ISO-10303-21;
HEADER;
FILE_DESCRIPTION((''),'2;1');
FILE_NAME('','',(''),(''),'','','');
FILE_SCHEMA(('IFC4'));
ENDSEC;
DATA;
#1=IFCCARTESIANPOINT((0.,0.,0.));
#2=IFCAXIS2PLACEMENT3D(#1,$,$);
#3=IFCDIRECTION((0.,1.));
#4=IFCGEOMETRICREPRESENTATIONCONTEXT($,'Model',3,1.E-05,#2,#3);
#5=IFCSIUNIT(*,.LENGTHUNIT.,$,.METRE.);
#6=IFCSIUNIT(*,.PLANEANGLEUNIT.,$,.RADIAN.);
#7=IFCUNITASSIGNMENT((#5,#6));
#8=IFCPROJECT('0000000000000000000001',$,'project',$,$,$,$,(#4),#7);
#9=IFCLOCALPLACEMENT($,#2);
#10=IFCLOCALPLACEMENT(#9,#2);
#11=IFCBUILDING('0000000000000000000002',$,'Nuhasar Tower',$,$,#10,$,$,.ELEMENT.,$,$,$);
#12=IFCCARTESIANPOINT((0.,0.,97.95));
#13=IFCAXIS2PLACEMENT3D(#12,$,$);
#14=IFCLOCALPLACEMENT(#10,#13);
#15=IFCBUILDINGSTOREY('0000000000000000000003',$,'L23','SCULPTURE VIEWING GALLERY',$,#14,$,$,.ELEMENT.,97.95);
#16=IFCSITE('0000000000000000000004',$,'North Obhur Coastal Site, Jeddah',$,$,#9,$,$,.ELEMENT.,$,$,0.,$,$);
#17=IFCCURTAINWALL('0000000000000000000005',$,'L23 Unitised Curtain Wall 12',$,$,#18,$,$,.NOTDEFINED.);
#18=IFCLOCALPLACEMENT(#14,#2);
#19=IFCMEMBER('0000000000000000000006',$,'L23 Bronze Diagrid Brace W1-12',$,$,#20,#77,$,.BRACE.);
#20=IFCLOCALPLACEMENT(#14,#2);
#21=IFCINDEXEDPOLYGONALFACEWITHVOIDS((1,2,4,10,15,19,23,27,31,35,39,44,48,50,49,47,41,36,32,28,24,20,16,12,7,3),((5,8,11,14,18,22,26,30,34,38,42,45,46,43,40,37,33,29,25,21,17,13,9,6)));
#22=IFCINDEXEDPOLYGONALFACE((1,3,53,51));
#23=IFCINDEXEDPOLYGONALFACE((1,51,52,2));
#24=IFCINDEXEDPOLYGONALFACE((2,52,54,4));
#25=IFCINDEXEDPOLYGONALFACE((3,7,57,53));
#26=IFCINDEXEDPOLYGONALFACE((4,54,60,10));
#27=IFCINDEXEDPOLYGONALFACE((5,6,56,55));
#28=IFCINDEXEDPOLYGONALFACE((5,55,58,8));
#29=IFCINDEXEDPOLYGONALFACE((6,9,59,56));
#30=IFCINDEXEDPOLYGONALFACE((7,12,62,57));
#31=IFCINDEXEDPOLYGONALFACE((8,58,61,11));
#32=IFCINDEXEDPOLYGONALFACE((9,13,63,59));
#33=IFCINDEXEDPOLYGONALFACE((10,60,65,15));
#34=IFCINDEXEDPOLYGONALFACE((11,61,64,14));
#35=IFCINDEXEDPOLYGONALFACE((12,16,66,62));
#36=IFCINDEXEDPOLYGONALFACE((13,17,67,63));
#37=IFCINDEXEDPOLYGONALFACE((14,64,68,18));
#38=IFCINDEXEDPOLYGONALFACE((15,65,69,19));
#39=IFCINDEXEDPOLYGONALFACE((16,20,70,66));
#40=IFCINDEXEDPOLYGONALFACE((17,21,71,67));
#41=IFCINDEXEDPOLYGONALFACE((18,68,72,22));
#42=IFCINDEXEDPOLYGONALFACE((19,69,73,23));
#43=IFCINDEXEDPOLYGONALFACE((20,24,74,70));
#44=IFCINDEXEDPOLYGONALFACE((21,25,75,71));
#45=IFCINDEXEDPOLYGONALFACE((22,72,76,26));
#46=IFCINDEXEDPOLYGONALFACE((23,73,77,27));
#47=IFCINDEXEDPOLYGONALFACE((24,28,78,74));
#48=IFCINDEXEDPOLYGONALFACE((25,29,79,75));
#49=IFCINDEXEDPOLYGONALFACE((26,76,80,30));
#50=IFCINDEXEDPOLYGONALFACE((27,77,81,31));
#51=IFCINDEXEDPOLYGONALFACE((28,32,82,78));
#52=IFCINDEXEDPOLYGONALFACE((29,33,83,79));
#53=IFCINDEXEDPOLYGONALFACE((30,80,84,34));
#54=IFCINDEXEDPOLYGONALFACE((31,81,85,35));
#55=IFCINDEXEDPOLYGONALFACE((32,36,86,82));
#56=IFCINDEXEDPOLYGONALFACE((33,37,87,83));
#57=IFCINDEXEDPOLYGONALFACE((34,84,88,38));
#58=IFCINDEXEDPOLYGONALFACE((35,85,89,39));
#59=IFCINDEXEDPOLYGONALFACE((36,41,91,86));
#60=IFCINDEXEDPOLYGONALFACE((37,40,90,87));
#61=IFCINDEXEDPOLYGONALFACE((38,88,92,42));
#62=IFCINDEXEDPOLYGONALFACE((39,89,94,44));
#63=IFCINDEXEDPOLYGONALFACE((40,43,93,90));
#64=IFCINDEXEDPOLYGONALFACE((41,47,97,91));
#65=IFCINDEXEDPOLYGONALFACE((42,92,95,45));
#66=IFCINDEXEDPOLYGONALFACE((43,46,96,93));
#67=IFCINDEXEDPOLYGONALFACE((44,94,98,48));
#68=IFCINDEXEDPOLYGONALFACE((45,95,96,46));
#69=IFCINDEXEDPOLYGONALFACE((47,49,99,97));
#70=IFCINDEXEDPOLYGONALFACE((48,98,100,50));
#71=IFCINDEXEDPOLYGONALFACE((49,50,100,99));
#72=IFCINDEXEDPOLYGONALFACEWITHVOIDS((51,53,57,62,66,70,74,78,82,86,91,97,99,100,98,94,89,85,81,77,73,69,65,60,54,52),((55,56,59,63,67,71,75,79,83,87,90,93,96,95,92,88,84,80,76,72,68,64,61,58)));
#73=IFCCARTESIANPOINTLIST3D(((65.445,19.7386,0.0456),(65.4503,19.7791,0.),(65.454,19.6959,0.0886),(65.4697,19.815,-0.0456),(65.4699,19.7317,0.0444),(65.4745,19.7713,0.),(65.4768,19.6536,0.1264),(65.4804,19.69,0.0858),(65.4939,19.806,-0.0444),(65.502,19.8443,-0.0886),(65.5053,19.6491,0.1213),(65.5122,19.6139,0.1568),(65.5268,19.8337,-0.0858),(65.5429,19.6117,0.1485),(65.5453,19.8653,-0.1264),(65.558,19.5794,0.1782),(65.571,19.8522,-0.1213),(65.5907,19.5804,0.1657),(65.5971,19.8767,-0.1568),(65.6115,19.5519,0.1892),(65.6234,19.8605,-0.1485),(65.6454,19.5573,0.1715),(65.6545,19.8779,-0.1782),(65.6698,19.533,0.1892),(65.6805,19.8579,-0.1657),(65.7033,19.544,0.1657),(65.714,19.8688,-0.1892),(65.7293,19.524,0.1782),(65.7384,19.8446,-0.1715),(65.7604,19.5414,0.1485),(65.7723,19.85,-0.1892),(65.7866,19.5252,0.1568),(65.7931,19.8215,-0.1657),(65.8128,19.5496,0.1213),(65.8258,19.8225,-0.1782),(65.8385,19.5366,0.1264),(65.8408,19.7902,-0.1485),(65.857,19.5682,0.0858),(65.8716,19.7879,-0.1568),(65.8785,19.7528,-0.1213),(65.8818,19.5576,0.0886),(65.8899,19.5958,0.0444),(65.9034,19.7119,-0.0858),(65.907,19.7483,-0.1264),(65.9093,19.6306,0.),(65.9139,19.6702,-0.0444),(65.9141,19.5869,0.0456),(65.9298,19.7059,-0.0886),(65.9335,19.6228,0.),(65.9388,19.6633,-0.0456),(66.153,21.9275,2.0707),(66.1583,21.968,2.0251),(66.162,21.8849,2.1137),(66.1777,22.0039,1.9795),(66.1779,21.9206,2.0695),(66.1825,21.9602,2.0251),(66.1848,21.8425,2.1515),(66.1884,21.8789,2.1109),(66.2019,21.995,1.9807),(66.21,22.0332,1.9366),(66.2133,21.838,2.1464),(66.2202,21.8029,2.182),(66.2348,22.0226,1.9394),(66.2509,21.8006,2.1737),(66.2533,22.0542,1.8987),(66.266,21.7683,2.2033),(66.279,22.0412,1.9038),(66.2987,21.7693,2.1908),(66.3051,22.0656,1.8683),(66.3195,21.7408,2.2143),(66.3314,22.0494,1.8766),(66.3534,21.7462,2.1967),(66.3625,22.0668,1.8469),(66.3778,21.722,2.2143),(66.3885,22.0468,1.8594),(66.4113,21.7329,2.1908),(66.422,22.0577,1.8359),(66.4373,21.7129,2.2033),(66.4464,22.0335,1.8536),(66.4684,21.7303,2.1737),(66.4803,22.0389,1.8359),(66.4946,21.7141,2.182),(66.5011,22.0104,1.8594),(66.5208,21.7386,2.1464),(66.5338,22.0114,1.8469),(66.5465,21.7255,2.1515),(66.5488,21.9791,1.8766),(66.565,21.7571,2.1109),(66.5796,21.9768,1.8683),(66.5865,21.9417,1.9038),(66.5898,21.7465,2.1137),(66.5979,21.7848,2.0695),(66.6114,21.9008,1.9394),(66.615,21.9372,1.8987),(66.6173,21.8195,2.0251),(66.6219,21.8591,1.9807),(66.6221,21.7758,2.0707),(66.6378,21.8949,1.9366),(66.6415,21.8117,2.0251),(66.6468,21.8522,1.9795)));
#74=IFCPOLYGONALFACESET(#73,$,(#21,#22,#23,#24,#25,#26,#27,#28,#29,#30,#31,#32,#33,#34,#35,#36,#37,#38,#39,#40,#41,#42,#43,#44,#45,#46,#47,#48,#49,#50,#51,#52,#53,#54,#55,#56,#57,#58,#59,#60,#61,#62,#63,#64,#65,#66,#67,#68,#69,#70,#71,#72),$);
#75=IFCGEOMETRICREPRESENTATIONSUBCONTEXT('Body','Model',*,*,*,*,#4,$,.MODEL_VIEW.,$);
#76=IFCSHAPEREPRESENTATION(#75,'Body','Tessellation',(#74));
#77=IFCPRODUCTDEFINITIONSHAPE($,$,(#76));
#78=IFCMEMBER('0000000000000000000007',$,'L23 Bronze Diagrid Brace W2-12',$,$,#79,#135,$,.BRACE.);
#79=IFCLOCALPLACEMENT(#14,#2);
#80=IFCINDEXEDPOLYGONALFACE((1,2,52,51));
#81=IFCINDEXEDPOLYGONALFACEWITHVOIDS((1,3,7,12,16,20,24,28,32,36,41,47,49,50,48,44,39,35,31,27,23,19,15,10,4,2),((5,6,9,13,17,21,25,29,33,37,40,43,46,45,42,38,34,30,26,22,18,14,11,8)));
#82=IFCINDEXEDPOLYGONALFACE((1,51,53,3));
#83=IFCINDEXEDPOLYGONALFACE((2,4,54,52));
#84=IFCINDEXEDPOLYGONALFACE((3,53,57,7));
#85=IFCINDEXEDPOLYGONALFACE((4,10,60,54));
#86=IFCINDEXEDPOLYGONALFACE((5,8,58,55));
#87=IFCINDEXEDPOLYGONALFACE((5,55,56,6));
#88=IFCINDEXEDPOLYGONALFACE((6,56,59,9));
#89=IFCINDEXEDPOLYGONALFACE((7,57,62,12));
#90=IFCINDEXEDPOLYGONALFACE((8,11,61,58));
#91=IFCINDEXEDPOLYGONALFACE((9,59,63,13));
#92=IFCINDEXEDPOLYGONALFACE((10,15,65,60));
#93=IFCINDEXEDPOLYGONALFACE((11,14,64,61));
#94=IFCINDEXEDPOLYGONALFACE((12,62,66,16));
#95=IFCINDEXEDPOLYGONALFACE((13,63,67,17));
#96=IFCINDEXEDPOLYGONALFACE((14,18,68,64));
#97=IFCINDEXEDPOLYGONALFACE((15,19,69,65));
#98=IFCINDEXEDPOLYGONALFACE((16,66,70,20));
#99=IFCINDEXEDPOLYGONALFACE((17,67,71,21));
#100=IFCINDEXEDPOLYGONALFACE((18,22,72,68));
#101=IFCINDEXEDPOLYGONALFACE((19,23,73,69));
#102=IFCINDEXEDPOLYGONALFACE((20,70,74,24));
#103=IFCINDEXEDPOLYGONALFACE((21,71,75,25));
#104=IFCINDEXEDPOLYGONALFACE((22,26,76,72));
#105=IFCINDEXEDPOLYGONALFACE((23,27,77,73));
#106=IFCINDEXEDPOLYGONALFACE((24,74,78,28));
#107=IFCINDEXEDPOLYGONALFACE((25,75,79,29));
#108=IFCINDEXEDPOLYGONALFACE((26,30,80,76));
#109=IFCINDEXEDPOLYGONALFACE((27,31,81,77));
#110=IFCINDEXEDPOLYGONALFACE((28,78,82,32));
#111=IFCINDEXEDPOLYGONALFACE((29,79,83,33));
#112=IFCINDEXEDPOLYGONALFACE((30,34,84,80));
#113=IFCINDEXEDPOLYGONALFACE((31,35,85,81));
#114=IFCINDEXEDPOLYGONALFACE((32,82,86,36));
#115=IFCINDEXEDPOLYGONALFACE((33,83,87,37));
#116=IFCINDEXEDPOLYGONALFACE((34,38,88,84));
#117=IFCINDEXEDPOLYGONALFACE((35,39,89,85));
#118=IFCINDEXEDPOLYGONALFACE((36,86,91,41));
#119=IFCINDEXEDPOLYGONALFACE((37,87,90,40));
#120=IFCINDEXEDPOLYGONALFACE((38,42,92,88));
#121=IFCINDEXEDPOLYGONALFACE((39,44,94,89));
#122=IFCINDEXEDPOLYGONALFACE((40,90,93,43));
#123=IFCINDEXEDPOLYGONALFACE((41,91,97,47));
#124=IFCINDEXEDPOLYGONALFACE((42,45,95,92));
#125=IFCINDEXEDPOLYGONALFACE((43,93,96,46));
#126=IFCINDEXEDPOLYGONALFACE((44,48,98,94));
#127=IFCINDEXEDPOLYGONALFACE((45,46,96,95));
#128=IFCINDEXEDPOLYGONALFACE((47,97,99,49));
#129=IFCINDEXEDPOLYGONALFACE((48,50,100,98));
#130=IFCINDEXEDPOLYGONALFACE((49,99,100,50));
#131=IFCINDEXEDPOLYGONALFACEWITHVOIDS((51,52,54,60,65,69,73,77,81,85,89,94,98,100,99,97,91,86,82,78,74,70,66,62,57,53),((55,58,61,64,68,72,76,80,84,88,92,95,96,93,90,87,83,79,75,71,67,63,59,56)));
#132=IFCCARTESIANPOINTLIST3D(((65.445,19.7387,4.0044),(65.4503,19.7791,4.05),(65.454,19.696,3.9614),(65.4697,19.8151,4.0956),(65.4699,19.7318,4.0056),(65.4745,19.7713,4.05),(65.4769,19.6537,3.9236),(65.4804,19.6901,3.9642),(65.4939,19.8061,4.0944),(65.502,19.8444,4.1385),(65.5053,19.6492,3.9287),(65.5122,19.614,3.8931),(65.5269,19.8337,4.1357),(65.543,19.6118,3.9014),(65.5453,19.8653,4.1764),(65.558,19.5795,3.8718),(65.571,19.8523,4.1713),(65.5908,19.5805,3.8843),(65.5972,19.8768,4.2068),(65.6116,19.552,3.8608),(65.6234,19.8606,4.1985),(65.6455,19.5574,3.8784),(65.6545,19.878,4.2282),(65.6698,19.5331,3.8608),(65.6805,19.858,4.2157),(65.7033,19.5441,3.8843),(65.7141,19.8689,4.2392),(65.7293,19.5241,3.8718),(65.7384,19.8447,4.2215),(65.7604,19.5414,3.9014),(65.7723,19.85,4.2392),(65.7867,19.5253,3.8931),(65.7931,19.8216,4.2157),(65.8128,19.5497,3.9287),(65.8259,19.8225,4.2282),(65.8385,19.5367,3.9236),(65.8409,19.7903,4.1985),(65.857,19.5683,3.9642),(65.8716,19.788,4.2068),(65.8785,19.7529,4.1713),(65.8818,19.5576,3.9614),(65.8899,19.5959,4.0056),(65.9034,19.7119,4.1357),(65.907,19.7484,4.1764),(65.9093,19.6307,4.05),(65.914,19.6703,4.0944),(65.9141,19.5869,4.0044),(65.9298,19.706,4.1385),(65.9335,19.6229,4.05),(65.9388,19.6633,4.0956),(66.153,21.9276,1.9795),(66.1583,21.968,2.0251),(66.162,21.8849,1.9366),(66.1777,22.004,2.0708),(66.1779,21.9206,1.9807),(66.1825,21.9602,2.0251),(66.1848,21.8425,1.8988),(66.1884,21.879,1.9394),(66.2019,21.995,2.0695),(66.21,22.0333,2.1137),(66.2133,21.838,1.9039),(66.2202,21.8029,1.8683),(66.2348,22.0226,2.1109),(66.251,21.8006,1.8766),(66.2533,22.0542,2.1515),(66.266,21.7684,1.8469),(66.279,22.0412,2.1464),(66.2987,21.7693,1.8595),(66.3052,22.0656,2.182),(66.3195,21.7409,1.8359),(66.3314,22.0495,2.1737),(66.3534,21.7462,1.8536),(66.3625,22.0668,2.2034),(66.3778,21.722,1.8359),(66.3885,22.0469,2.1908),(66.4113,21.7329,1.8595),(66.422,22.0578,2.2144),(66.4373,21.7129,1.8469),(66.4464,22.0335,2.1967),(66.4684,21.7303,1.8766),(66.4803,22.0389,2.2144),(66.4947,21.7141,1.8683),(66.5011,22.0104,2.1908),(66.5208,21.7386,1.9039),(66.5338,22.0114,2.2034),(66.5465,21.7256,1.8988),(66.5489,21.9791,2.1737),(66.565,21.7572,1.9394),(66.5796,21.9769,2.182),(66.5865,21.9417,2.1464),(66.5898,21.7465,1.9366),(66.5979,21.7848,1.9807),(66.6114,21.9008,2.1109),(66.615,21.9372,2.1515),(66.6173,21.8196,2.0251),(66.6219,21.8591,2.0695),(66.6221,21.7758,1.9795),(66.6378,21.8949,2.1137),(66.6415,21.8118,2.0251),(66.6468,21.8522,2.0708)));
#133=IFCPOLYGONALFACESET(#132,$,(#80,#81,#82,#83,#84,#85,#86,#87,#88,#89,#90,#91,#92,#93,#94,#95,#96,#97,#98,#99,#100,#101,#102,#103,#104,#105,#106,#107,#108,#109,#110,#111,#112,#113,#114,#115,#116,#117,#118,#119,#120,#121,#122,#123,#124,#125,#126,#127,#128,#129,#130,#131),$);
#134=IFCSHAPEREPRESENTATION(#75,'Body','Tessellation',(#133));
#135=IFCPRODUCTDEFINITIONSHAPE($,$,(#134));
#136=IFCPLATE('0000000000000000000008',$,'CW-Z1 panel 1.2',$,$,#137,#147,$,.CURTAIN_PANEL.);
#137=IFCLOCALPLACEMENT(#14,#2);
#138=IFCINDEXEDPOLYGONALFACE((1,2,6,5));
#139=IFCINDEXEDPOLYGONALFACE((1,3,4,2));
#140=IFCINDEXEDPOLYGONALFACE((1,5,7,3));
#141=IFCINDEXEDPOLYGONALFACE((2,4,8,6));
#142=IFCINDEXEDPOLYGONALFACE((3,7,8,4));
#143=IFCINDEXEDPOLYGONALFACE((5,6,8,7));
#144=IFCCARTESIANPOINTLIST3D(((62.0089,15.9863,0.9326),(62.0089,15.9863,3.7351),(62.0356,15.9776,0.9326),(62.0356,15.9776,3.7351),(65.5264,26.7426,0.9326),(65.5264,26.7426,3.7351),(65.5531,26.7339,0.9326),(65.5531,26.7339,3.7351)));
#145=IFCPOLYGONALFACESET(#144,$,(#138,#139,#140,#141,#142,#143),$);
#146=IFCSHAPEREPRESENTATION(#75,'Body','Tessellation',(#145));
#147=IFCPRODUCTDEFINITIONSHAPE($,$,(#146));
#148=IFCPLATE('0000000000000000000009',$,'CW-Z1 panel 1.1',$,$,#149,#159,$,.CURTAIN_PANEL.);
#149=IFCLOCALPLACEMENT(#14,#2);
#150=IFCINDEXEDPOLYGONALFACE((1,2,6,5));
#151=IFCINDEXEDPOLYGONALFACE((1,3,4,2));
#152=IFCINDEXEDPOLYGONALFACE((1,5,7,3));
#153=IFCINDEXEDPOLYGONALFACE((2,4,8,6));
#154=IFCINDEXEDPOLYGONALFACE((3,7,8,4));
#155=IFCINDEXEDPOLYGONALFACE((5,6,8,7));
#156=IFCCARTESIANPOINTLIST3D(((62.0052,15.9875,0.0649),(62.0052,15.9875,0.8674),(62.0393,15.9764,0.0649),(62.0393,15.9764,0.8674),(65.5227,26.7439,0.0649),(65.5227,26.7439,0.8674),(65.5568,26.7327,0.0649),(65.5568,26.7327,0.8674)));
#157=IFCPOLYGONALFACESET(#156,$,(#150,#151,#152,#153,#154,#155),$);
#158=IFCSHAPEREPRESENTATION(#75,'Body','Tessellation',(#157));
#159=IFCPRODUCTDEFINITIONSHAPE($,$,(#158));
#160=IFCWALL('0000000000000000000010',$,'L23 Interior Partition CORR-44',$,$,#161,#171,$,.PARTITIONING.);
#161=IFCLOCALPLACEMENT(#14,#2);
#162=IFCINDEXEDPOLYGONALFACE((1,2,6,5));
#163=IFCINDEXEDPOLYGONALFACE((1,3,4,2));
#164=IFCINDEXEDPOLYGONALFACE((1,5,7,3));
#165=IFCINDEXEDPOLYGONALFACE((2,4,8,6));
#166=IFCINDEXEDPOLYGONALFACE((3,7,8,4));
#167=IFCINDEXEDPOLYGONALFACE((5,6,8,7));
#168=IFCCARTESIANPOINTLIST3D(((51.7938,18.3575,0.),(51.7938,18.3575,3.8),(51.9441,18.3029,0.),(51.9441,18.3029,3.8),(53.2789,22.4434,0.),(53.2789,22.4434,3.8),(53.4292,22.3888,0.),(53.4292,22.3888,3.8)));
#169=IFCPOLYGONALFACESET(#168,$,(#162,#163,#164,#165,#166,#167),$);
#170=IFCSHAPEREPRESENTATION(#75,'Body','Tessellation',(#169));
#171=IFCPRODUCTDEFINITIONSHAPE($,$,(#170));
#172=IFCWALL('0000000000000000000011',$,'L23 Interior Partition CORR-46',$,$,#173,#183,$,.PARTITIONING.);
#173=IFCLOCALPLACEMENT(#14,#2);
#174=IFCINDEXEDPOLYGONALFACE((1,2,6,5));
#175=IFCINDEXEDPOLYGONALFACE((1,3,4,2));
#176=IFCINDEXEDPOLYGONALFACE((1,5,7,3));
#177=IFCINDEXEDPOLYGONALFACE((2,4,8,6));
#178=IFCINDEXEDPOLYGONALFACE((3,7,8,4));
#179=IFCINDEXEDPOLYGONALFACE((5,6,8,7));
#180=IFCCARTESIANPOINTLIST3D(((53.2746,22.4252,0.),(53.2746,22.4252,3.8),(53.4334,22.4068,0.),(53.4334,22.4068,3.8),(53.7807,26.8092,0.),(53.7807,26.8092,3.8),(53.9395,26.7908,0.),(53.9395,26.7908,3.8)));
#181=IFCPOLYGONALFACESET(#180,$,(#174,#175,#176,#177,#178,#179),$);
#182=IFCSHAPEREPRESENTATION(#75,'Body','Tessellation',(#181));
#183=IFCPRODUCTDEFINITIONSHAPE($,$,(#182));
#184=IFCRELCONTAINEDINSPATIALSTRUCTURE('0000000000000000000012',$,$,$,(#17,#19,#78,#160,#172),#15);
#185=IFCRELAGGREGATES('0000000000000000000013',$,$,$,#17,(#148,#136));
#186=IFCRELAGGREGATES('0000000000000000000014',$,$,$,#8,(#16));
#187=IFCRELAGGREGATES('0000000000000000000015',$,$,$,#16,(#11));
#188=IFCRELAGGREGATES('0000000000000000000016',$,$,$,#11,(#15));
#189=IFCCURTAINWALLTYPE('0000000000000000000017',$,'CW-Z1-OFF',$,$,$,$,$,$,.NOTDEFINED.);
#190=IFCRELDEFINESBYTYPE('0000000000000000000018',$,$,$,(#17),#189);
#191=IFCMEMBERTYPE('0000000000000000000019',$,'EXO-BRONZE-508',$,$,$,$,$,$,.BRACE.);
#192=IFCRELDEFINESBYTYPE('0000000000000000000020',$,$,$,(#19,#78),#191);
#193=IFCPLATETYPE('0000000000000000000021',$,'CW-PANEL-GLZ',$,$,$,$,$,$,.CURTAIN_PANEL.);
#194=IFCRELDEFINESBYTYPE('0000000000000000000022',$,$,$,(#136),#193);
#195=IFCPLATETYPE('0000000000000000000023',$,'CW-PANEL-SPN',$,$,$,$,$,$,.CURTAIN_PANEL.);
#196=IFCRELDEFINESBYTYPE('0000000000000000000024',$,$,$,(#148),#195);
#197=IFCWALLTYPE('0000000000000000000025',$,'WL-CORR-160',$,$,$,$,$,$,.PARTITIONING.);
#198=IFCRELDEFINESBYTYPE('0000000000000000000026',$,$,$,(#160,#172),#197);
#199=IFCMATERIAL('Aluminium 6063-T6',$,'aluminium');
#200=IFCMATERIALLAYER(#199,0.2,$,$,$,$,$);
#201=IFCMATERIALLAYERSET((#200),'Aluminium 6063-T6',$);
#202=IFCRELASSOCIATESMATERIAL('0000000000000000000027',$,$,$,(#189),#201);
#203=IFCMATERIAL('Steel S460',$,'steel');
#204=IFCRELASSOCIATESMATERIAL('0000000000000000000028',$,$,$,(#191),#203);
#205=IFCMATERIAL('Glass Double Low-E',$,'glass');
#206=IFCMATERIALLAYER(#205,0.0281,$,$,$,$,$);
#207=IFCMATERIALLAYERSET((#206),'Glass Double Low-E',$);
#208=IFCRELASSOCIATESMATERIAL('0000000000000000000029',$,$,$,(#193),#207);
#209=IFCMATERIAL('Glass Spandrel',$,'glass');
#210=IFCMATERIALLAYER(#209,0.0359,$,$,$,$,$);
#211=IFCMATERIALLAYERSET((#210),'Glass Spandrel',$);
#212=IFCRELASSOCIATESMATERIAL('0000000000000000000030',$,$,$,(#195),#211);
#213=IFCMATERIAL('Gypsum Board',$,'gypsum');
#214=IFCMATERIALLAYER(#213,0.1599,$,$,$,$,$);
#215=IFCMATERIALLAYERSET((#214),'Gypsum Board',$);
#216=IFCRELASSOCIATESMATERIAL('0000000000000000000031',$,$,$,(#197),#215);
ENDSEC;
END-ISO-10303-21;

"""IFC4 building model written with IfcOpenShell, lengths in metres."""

from ifc_helpers import new_model, si_unit, direction, frame, frame_2d, origin, origin_2d, place, context, subcontext, project, spatial, rectangle, hollow_circle, extrude, material, layer, layer_set, material_profile, profile_set, type_object, element, aggregate, save


model = new_model("IFC4")

# Units and contexts
model_context = context("Model", 3, precision=1e-05, world=origin(), true_north=direction((0.0, 1.0)))
body_context = subcontext(model_context, "Body", "Model", "MODEL_VIEW")
ifc_project = project(units=[si_unit("LENGTHUNIT", "METRE"), si_unit("PLANEANGLEUNIT", "RADIAN")], contexts=[model_context])

# Site, building, storey
site_placement = place(None, origin())
site = spatial("IfcSite", under=ifc_project, at=site_placement, Name="North Obhur Coastal Site, Jeddah", CompositionType="ELEMENT", RefElevation=0.0)
building_placement = place(site_placement, origin())
building = spatial("IfcBuilding", under=site, at=building_placement, Name="Nuhasar Tower", CompositionType="ELEMENT")
storey_placement = place(building_placement, frame((0.0, 0.0, 97.95)))
storey = spatial("IfcBuildingStorey", under=building, at=storey_placement, Name="L23", Description="SCULPTURE VIEWING GALLERY", CompositionType="ELEMENT", Elevation=97.95)

# Curtain wall
ifc_material_1 = material(Name="Aluminium 6063-T6", Category="aluminium")
ifc_layer_1 = layer(ifc_material_1, 0.2)
ifc_layer_set_1 = layer_set([ifc_layer_1], Name="Aluminium 6063-T6")
curtain_wall_type = type_object("IfcCurtainWallType", Name="CW-Z1-OFF", PredefinedType="NOTDEFINED", material=ifc_layer_set_1)
curtain_wall_placement = place(storey_placement, origin())
curtain_wall = element("IfcCurtainWall", 1, at=curtain_wall_placement, inside=storey, type_object=curtain_wall_type, Name="L23 Unitised Curtain Wall 12", PredefinedType="NOTDEFINED")

# Members
ifc_material_2 = material(Name="Steel S460", Category="steel")
ifc_material_profile_1 = material_profile(ifc_material_2, hollow_circle(Radius=0.2539, WallThickness=0.0254, at=origin_2d()), Name="HSS508X25.4")
ifc_profile_set_1 = profile_set([ifc_material_profile_1], Name="Steel S460")
member_type_1 = type_object("IfcMemberType", Name="EXO-BRONZE-508", PredefinedType="BRACE", material=ifc_profile_set_1)
member_1_placement = place(storey_placement, frame((65.6919, 19.7009, 0.0), z_axis=(0.231, 0.714187, 0.660739), x_axis=(-0.951468, 0.307747, 0.0)))
element("IfcMember", 2, at=member_1_placement, inside=storey, type_object=member_type_1, Name="L23 Bronze Diagrid Brace W1-12", PredefinedType="BRACE", context=body_context, shape_type="SweptSolid", body=[
    extrude(hollow_circle(Radius=0.2539, WallThickness=0.0254, at=origin_2d()), origin(), (0.0, 0.0, 1.0), 3.0649),
])
member_2_placement = place(storey_placement, frame((66.3999, 21.8899, 2.0251), z_axis=(-0.231012, -0.714225, 0.660694), x_axis=(0.951468, -0.307747, 0.0)))
element("IfcMember", 3, at=member_2_placement, inside=storey, type_object=member_type_1, Name="L23 Bronze Diagrid Brace W2-12", PredefinedType="BRACE", context=body_context, shape_type="SweptSolid", body=[
    extrude(hollow_circle(Radius=0.2539, WallThickness=0.0254, at=origin_2d()), origin(), (0.0, 0.0, 1.0), 3.0647),
])

# Plates
ifc_material_3 = material(Name="Glass Double Low-E", Category="glass")
ifc_layer_2 = layer(ifc_material_3, 0.0281)
ifc_layer_set_2 = layer_set([ifc_layer_2], Name="Glass Double Low-E")
plate_type_1 = type_object("IfcPlateType", Name="CW-PANEL-GLZ", PredefinedType="CURTAIN_PANEL", material=ifc_layer_set_2)
plate_1_placement = place(storey_placement, frame((63.781, 21.3601, 0.9326), z_axis=(0.0, 0.0, 1.0), x_axis=(0.310824, 0.950468, 0.0)))
plate_1 = element("IfcPlate", 4, at=plate_1_placement, type_object=plate_type_1, Name="CW-Z1 panel 1.2", PredefinedType="CURTAIN_PANEL", context=body_context, shape_type="SweptSolid", body=[
    extrude(rectangle(XDim=11.3169, YDim=0.0281, at=origin_2d()), origin(), (0.0, 0.0, 1.0), 2.8025),
])
ifc_material_4 = material(Name="Glass Spandrel", Category="glass")
ifc_layer_3 = layer(ifc_material_4, 0.0359)
ifc_layer_set_3 = layer_set([ifc_layer_3], Name="Glass Spandrel")
plate_type_2 = type_object("IfcPlateType", Name="CW-PANEL-SPN", PredefinedType="CURTAIN_PANEL", material=ifc_layer_set_3)
plate_2_placement = place(storey_placement, frame((63.781, 21.3601, 0.0649), z_axis=(0.0, 0.0, 1.0), x_axis=(0.310824, 0.950468, 0.0)))
plate_2 = element("IfcPlate", 5, at=plate_2_placement, type_object=plate_type_2, Name="CW-Z1 panel 1.1", PredefinedType="CURTAIN_PANEL", context=body_context, shape_type="SweptSolid", body=[
    extrude(rectangle(XDim=11.3169, YDim=0.0359, at=origin_2d()), origin(), (0.0, 0.0, 1.0), 0.8025),
])
aggregate(curtain_wall, [plate_2, plate_1])

# Walls
ifc_material_5 = material(Name="Gypsum Board", Category="gypsum")
ifc_layer_4 = layer(ifc_material_5, 0.1599)
ifc_layer_set_4 = layer_set([ifc_layer_4], Name="Gypsum Board")
wall_type_1 = type_object("IfcWallType", Name="WL-CORR-160", PredefinedType="PARTITIONING", material=ifc_layer_set_4)
wall_1_placement = place(storey_placement, frame((51.8689, 18.3301, 0.0), z_axis=(0.0, 0.0, 1.0), x_axis=(0.341603, 0.939844, 0.0)))
element("IfcWall", 6, at=wall_1_placement, inside=storey, type_object=wall_type_1, Name="L23 Interior Partition CORR-44", PredefinedType="PARTITIONING", context=body_context, shape_type="SweptSolid", body=[
    extrude(rectangle(XDim=4.3474, YDim=0.1599, at=frame_2d((2.1738, 0.0))), origin(), (0.0, 0.0, 1.0), 3.8),
])
wall_2_placement = place(storey_placement, frame((53.354, 22.416, 0.0), z_axis=(0.0, 0.0, 1.0), x_axis=(0.114681, 0.993402, 0.0)))
element("IfcWall", 7, at=wall_2_placement, inside=storey, type_object=wall_type_1, Name="L23 Interior Partition CORR-46", PredefinedType="PARTITIONING", context=body_context, shape_type="SweptSolid", body=[
    extrude(rectangle(XDim=4.4131, YDim=0.1599, at=frame_2d((2.2065, 0.0))), origin(), (0.0, 0.0, 1.0), 3.8),
])

save(model, "model.ifc")
